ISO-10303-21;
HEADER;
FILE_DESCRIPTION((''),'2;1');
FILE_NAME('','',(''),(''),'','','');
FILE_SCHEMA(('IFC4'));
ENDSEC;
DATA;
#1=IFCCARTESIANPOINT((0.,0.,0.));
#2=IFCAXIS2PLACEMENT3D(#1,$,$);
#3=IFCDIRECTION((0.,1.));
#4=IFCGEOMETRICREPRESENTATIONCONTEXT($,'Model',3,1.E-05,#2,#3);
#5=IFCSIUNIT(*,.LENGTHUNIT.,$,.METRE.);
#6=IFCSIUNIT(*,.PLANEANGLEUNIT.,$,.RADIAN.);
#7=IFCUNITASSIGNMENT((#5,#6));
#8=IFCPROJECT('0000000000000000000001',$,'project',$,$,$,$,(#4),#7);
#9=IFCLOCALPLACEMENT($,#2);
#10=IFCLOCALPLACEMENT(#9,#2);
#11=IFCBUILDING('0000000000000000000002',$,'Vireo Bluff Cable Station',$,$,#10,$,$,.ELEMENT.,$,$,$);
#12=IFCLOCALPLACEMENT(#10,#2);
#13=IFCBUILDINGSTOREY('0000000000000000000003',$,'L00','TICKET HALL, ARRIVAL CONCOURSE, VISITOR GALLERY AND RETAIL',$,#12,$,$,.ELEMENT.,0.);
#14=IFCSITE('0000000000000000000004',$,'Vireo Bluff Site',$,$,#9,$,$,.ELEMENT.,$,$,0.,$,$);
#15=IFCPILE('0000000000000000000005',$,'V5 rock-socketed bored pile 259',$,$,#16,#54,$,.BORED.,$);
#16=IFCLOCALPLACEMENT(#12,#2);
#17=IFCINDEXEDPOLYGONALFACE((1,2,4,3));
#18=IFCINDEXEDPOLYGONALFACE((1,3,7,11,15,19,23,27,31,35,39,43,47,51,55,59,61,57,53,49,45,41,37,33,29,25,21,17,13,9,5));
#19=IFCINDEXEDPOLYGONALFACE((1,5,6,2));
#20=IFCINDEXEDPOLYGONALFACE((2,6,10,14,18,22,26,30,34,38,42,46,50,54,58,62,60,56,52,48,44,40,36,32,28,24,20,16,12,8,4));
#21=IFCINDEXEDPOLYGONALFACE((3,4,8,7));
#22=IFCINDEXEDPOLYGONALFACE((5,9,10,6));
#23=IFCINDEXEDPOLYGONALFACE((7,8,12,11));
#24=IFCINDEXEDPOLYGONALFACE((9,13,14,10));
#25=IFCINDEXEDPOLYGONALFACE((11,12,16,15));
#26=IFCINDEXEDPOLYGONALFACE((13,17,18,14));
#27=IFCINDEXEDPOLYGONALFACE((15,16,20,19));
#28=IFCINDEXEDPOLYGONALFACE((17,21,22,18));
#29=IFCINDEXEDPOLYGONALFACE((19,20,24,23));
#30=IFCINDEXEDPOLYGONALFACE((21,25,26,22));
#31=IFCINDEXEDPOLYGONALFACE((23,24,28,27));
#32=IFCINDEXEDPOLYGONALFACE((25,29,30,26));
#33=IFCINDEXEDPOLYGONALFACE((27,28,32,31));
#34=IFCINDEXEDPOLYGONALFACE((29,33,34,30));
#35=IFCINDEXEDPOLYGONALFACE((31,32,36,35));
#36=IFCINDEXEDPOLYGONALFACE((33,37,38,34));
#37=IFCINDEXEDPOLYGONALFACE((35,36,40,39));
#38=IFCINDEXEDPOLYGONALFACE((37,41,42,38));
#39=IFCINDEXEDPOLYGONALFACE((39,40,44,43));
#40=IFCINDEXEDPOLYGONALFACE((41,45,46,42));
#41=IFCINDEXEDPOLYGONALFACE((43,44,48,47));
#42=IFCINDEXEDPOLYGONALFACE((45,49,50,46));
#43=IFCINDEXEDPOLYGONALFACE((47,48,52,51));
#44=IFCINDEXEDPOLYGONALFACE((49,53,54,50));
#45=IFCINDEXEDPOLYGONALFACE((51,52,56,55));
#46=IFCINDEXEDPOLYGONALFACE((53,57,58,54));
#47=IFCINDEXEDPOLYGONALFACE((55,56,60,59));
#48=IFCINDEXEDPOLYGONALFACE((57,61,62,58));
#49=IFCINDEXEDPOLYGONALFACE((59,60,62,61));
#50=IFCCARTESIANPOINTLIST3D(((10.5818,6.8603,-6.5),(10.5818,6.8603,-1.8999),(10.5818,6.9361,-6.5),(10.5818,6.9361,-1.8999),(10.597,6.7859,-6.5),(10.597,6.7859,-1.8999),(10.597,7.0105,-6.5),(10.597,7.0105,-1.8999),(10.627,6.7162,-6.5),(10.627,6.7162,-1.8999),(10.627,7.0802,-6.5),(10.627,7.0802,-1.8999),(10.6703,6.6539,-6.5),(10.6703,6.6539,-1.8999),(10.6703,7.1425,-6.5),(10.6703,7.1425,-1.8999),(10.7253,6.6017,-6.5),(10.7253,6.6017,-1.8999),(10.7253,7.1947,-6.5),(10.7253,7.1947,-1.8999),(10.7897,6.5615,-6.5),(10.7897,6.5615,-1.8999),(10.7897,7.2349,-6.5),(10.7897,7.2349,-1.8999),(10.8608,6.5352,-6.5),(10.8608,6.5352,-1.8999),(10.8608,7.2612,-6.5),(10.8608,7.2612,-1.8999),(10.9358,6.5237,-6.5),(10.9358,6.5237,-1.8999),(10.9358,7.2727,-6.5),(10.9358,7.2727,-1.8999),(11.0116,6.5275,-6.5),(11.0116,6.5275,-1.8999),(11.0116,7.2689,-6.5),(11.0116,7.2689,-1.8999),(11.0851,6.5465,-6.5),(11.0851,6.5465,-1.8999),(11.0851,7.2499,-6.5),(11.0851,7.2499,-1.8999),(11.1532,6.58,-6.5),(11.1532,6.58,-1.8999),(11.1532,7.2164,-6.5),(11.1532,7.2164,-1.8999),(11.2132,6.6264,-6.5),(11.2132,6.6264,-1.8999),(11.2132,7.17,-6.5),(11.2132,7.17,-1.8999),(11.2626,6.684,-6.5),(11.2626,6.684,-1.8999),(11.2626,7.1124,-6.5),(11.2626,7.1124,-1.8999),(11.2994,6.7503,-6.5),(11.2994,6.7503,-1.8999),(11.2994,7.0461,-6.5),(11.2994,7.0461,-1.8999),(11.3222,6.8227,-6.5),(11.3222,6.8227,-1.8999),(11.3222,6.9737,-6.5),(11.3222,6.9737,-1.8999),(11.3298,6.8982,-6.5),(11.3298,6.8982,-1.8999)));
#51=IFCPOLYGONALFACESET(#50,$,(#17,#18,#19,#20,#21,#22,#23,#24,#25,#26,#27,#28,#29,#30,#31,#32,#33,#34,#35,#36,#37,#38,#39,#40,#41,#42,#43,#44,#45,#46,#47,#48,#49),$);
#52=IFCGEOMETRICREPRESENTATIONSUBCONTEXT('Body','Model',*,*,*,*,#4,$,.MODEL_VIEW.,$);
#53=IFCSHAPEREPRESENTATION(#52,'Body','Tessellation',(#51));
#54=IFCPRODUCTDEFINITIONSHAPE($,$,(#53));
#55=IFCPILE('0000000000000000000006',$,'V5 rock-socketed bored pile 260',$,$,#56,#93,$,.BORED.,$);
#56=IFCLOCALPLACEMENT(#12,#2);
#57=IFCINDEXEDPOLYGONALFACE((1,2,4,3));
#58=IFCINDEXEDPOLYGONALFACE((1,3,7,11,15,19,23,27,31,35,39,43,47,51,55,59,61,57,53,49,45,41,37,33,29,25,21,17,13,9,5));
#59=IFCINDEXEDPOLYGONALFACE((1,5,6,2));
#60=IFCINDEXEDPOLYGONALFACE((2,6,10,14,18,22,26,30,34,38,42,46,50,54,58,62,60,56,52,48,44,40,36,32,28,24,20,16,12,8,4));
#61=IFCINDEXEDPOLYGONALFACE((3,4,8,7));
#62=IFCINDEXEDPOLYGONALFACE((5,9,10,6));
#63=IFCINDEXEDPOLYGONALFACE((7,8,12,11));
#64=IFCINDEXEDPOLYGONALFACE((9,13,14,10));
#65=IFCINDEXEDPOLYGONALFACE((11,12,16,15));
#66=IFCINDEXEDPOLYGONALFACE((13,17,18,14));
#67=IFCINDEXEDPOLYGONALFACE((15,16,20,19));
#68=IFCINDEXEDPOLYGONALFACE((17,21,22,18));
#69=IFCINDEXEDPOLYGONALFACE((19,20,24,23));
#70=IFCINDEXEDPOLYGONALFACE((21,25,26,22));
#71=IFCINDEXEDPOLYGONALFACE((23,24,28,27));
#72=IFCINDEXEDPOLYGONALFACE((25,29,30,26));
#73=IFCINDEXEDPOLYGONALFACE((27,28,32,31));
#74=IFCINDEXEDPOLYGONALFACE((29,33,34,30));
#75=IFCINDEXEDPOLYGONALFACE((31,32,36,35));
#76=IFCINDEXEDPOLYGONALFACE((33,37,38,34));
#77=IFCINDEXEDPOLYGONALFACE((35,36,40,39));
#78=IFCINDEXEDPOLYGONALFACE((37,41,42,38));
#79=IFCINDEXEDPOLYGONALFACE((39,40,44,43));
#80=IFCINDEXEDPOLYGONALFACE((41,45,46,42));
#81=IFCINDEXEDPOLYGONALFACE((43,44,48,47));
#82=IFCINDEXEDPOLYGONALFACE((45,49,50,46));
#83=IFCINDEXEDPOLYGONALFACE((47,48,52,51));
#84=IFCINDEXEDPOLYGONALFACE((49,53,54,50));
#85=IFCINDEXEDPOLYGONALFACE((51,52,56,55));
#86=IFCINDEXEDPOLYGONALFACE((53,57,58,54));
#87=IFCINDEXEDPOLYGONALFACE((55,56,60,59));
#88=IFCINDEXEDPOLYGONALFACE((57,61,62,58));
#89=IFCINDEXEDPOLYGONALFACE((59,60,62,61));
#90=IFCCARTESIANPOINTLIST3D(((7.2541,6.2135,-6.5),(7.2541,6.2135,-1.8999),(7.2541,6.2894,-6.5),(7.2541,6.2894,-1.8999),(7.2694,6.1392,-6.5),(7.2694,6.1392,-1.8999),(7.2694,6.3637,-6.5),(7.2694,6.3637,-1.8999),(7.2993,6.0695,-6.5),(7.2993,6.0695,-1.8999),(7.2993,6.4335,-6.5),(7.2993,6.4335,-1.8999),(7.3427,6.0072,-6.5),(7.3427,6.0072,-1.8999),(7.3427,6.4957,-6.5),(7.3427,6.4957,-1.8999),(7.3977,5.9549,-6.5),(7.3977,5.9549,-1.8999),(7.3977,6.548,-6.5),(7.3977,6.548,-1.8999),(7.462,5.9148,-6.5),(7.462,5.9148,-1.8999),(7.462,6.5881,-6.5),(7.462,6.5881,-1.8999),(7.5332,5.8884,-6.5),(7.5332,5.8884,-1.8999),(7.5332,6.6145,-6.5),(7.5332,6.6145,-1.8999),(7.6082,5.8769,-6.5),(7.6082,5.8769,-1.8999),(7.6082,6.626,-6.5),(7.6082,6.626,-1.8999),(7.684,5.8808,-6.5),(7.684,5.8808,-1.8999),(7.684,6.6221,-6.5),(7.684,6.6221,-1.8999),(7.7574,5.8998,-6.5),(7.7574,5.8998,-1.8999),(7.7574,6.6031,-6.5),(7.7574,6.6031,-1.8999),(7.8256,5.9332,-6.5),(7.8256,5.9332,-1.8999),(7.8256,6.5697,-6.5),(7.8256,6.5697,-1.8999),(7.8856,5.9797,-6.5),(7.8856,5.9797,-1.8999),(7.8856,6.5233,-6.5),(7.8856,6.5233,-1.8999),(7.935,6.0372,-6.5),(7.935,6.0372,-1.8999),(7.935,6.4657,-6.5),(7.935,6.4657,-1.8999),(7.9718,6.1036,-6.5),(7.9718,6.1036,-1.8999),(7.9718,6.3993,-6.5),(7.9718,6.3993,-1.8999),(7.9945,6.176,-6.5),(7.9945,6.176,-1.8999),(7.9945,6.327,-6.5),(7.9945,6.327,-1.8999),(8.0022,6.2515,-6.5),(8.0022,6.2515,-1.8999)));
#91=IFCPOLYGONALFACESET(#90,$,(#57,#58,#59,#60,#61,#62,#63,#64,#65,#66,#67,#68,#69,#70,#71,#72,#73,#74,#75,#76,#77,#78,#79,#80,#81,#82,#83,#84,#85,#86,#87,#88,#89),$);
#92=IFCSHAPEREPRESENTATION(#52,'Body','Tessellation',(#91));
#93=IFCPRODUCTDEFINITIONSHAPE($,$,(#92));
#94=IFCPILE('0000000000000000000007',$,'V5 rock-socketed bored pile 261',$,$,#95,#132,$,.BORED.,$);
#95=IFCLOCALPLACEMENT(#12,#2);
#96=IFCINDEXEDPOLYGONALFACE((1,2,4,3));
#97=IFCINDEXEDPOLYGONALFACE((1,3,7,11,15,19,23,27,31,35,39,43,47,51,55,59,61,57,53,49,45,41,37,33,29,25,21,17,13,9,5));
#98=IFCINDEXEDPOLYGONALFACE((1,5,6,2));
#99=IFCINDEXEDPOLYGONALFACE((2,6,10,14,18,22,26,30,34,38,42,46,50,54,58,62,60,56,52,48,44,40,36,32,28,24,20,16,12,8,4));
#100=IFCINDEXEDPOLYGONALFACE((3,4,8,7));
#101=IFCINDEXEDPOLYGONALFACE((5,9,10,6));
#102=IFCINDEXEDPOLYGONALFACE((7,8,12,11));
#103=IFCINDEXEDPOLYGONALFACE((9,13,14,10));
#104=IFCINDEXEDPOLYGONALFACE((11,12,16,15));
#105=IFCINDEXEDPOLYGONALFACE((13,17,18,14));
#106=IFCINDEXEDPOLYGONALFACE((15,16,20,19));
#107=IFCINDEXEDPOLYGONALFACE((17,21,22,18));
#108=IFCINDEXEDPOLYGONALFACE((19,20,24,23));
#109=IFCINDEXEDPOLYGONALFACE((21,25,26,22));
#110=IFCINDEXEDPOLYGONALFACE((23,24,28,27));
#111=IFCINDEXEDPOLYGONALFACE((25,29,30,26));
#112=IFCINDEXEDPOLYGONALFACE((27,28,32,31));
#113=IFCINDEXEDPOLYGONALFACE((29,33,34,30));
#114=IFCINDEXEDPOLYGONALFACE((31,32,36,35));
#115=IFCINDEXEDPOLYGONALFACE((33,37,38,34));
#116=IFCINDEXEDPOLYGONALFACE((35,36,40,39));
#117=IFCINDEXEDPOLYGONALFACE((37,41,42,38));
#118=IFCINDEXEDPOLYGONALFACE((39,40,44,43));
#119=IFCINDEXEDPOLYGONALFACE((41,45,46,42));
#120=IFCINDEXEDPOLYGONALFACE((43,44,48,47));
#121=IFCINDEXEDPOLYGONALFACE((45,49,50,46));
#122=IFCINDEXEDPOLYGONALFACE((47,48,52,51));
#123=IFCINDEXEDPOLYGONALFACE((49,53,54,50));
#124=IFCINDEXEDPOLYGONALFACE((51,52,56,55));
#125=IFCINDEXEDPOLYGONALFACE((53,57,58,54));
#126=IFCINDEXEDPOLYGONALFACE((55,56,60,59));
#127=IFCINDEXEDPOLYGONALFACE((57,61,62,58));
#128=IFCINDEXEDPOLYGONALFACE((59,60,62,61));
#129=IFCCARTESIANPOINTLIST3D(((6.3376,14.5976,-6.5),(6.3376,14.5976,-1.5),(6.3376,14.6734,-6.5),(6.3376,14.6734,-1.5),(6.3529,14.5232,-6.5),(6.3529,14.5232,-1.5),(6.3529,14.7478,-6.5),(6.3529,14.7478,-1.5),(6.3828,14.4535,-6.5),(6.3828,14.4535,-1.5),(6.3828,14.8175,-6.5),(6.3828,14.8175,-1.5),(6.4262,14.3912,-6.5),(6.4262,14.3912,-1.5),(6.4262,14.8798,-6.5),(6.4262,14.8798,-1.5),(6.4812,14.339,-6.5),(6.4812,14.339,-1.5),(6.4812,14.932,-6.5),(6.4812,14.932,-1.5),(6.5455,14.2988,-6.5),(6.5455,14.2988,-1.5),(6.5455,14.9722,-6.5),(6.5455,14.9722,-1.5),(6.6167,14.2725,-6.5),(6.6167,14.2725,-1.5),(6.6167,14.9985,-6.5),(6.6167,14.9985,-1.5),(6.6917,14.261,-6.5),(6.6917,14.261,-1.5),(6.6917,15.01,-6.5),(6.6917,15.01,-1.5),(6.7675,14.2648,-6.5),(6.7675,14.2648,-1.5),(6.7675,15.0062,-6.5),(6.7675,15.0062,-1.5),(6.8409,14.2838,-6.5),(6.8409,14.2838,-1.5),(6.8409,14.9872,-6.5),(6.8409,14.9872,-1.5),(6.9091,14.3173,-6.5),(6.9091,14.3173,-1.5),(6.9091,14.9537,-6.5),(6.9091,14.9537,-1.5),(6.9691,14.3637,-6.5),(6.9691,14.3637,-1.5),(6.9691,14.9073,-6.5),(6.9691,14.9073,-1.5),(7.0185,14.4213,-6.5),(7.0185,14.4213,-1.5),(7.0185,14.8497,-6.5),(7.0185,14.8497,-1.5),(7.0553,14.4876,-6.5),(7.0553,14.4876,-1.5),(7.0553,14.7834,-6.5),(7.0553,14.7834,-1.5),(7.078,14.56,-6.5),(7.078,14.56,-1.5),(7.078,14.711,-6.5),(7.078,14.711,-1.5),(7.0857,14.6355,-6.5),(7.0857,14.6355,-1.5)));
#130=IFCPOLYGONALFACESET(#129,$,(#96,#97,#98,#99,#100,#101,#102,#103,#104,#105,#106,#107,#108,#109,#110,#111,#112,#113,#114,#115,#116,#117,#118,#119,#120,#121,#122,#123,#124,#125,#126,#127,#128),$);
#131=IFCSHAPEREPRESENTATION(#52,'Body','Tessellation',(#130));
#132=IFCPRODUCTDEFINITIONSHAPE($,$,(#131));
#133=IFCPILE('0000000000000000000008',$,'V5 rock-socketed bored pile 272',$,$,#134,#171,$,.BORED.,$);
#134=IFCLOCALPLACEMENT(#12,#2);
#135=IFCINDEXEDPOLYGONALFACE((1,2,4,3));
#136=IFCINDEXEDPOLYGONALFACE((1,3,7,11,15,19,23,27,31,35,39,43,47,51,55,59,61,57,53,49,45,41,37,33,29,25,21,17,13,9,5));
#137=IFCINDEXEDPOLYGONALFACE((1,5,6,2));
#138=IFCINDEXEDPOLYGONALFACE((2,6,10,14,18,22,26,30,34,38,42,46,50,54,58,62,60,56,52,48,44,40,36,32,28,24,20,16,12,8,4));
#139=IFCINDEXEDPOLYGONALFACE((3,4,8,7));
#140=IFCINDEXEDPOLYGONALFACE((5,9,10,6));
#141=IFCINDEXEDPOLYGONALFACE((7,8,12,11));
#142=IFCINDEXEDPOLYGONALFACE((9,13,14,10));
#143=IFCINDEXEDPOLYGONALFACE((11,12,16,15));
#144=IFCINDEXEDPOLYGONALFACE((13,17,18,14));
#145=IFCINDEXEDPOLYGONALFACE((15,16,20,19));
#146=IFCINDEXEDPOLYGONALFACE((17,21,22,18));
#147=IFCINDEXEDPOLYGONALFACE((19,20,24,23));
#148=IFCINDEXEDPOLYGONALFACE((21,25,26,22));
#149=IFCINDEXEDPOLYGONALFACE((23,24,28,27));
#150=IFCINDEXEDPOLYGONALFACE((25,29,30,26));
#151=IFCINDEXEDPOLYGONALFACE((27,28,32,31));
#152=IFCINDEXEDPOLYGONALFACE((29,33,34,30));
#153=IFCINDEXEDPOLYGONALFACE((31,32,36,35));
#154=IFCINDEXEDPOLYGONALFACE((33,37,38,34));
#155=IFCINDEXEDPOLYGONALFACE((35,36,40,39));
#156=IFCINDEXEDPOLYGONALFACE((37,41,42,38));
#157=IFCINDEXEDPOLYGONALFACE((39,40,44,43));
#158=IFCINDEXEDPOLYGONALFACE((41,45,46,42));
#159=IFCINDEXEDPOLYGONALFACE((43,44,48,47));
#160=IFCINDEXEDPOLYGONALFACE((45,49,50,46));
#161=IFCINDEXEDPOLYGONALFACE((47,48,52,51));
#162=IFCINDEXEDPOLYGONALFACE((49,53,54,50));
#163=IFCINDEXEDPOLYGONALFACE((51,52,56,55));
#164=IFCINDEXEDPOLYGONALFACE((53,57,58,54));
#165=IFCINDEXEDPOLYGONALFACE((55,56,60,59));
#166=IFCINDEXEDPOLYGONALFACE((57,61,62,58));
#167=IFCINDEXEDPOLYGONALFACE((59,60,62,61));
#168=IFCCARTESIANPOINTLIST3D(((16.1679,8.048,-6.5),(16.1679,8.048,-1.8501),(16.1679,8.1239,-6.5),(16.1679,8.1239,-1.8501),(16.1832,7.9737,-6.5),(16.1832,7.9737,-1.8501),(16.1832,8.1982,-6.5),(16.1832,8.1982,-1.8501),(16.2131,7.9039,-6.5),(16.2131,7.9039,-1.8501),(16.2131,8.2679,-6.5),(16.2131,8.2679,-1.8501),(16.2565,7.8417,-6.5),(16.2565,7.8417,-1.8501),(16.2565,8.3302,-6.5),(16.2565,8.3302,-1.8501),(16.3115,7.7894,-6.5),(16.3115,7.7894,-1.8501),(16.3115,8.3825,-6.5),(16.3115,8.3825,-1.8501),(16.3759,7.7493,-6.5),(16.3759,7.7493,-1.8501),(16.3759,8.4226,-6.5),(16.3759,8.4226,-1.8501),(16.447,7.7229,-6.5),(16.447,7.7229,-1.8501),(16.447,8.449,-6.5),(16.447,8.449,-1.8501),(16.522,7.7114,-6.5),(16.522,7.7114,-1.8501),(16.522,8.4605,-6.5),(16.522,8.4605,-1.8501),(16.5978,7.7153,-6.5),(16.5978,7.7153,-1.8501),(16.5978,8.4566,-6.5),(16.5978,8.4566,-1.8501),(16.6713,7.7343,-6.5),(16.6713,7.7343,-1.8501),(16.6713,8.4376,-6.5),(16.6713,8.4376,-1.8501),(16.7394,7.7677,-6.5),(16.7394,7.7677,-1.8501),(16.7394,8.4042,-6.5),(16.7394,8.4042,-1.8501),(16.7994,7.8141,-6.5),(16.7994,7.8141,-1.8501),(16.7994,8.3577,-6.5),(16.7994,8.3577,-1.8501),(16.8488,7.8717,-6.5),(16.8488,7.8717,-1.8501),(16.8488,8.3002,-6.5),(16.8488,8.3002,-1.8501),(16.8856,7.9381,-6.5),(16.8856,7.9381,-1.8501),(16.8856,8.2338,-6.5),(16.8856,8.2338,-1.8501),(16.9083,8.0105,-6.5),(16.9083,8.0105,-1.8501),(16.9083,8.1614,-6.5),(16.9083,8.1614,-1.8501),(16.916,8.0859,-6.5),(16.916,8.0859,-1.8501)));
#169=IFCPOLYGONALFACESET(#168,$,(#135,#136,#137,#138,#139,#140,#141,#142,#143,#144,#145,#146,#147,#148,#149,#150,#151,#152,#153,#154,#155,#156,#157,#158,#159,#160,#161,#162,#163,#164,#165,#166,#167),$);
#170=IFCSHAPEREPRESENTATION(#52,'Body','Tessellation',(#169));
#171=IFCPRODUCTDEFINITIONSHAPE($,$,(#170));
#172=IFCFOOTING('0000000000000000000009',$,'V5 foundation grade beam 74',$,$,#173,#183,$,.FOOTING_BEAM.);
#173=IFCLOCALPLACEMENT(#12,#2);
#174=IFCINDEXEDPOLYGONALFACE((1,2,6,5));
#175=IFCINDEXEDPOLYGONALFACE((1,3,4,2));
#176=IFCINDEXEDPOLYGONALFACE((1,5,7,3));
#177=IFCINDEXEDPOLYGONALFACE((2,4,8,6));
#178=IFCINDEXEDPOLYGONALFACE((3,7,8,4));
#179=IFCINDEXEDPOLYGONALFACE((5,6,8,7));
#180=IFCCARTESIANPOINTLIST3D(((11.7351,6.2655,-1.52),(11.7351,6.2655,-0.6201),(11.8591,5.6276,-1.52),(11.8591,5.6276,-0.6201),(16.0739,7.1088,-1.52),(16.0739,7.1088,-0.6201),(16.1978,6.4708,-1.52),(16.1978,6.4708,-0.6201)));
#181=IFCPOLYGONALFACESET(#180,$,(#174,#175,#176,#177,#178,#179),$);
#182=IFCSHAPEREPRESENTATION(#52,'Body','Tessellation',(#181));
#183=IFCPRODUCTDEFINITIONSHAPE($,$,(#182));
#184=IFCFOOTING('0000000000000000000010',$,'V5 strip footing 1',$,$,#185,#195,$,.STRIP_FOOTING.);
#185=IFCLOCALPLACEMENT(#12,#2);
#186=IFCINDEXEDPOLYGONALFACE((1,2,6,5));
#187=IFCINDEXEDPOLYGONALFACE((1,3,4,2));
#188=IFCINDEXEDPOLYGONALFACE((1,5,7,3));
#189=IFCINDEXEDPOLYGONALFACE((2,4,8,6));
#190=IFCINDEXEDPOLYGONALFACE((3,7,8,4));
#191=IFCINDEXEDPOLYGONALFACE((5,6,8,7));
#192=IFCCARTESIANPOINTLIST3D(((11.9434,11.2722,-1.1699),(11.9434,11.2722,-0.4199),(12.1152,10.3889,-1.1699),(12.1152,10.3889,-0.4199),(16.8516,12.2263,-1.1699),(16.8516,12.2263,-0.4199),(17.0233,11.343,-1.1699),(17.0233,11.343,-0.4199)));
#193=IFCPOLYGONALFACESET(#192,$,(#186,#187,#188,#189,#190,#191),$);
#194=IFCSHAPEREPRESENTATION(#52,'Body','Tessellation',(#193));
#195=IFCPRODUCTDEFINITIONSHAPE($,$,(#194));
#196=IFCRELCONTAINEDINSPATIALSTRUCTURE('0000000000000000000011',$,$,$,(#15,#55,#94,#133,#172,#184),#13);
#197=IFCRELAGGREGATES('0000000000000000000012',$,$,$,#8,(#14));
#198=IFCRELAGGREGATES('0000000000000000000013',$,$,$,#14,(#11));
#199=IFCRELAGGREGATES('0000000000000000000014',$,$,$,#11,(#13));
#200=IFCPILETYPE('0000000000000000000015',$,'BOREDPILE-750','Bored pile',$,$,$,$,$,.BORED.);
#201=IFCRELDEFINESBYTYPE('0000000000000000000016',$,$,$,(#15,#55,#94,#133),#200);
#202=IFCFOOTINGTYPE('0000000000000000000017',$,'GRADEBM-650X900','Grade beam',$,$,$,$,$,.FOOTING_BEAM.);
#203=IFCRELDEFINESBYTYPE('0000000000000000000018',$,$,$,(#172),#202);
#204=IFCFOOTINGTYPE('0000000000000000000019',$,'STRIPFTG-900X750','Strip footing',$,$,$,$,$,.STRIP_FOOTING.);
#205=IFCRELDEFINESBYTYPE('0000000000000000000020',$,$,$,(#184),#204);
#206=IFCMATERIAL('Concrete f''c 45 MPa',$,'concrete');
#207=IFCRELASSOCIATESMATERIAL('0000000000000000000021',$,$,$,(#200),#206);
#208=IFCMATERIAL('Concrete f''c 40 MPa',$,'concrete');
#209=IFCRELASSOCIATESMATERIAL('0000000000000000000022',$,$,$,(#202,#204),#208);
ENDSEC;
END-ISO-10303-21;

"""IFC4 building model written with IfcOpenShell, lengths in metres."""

from ifc_helpers import new_model, si_unit, direction, frame, origin, origin_2d, place, context, subcontext, project, spatial, rectangle, circle, extrude, material, material_profile, profile_set, type_object, element, save


model = new_model("IFC4")

# Units and contexts
model_context = context("Model", 3, precision=1e-05, world=origin(), true_north=direction((0.0, 1.0)))
body_context = subcontext(model_context, "Body", "Model", "MODEL_VIEW")
ifc_project = project(units=[si_unit("LENGTHUNIT", "METRE"), si_unit("PLANEANGLEUNIT", "RADIAN")], contexts=[model_context])

# Site, building, storey
site_placement = place(None, origin())
site = spatial("IfcSite", under=ifc_project, at=site_placement, Name="Vireo Bluff Site", CompositionType="ELEMENT", RefElevation=0.0)
building_placement = place(site_placement, origin())
building = spatial("IfcBuilding", under=site, at=building_placement, Name="Vireo Bluff Cable Station", CompositionType="ELEMENT")
storey_placement = place(building_placement, origin())
storey = spatial("IfcBuildingStorey", under=building, at=storey_placement, Name="L00", Description="TICKET HALL, ARRIVAL CONCOURSE, VISITOR GALLERY AND RETAIL", CompositionType="ELEMENT", Elevation=0.0)

# Piles
ifc_material_1 = material(Name="Concrete f'c 45 MPa", Category="concrete")
ifc_material_profile_1 = material_profile(ifc_material_1, circle(Radius=0.375, at=origin_2d()), Name="BOREDPILE-750")
ifc_profile_set_1 = profile_set([ifc_material_profile_1], Name="Concrete f'c 45 MPa")
pile_type = type_object("IfcPileType", Name="BOREDPILE-750", Description="Bored pile", PredefinedType="BORED", material=ifc_profile_set_1)
for number, where, z_axis, x_axis, name in (
    (1, (10.9548, 6.8982, -1.8999), (0.0, 0.0, -1.0), (1.0, 0.0, 0.0), "V5 rock-socketed bored pile 259"),
    (2, (7.6272, 6.2515, -1.8999), (0.0, 0.0, -1.0), (1.0, 0.0, 0.0), "V5 rock-socketed bored pile 260"),
):
    element("IfcPile", number, at=place(storey_placement, frame(where, z_axis=z_axis, x_axis=x_axis)), inside=storey, type_object=pile_type, Name=name, PredefinedType="BORED", context=body_context, shape_type="SweptSolid", body=[
        extrude(circle(Radius=0.375, at=origin_2d()), origin(), (0.0, 0.0, 1.0), 4.6001),
    ])
pile_1_placement = place(storey_placement, frame((6.7107, 14.6355, -1.5), z_axis=(0.0, 0.0, -1.0), x_axis=(1.0, 0.0, 0.0)))
element("IfcPile", 3, at=pile_1_placement, inside=storey, type_object=pile_type, Name="V5 rock-socketed bored pile 261", PredefinedType="BORED", context=body_context, shape_type="SweptSolid", body=[
    extrude(circle(Radius=0.375, at=origin_2d()), origin(), (0.0, 0.0, 1.0), 5.0),
])
pile_2_placement = place(storey_placement, frame((16.541, 8.0859, -1.8501), z_axis=(0.0, 0.0, -1.0), x_axis=(1.0, 0.0, 0.0)))
element("IfcPile", 4, at=pile_2_placement, inside=storey, type_object=pile_type, Name="V5 rock-socketed bored pile 272", PredefinedType="BORED", context=body_context, shape_type="SweptSolid", body=[
    extrude(circle(Radius=0.375, at=origin_2d()), origin(), (0.0, 0.0, 1.0), 4.6499),
])

# Footings
ifc_material_2 = material(Name="Concrete f'c 40 MPa", Category="concrete")
ifc_material_profile_2 = material_profile(ifc_material_2, rectangle(XDim=0.6499, YDim=0.8999, at=origin_2d()), Name="GRADEBM-650X900")
ifc_profile_set_2 = profile_set([ifc_material_profile_2], Name="Concrete f'c 40 MPa")
footing_type_1 = type_object("IfcFootingType", Name="GRADEBM-650X900", Description="Grade beam", PredefinedType="FOOTING_BEAM", material=ifc_profile_set_2)
footing_1_placement = place(storey_placement, frame((11.7971, 5.9465, -1.0701), z_axis=(0.981631, 0.190791, 0.0), x_axis=(-0.190791, 0.981631, 0.0)))
element("IfcFooting", 5, at=footing_1_placement, inside=storey, type_object=footing_type_1, Name="V5 foundation grade beam 74", PredefinedType="FOOTING_BEAM", context=body_context, shape_type="SweptSolid", body=[
    extrude(rectangle(XDim=0.6499, YDim=0.8999, at=origin_2d()), origin(), (0.0, 0.0, 1.0), 4.4199),
])
ifc_material_profile_3 = material_profile(ifc_material_2, rectangle(XDim=0.8999, YDim=0.75, at=origin_2d()), Name="STRIPFTG-900X750")
ifc_profile_set_3 = profile_set([ifc_material_profile_3], Name="Concrete f'c 40 MPa")
footing_type_2 = type_object("IfcFootingType", Name="STRIPFTG-900X750", Description="Strip footing", PredefinedType="STRIP_FOOTING", material=ifc_profile_set_3)
footing_2_placement = place(storey_placement, frame((12.0293, 10.8306, -0.7949), z_axis=(0.981626, 0.190817, 0.0), x_axis=(-0.190817, 0.981626, 0.0)))
element("IfcFooting", 6, at=footing_2_placement, inside=storey, type_object=footing_type_2, Name="V5 strip footing 1", PredefinedType="STRIP_FOOTING", context=body_context, shape_type="SweptSolid", body=[
    extrude(rectangle(XDim=0.8999, YDim=0.75, at=origin_2d()), origin(), (0.0, 0.0, 1.0), 5.0),
])

save(model, "model.ifc")
